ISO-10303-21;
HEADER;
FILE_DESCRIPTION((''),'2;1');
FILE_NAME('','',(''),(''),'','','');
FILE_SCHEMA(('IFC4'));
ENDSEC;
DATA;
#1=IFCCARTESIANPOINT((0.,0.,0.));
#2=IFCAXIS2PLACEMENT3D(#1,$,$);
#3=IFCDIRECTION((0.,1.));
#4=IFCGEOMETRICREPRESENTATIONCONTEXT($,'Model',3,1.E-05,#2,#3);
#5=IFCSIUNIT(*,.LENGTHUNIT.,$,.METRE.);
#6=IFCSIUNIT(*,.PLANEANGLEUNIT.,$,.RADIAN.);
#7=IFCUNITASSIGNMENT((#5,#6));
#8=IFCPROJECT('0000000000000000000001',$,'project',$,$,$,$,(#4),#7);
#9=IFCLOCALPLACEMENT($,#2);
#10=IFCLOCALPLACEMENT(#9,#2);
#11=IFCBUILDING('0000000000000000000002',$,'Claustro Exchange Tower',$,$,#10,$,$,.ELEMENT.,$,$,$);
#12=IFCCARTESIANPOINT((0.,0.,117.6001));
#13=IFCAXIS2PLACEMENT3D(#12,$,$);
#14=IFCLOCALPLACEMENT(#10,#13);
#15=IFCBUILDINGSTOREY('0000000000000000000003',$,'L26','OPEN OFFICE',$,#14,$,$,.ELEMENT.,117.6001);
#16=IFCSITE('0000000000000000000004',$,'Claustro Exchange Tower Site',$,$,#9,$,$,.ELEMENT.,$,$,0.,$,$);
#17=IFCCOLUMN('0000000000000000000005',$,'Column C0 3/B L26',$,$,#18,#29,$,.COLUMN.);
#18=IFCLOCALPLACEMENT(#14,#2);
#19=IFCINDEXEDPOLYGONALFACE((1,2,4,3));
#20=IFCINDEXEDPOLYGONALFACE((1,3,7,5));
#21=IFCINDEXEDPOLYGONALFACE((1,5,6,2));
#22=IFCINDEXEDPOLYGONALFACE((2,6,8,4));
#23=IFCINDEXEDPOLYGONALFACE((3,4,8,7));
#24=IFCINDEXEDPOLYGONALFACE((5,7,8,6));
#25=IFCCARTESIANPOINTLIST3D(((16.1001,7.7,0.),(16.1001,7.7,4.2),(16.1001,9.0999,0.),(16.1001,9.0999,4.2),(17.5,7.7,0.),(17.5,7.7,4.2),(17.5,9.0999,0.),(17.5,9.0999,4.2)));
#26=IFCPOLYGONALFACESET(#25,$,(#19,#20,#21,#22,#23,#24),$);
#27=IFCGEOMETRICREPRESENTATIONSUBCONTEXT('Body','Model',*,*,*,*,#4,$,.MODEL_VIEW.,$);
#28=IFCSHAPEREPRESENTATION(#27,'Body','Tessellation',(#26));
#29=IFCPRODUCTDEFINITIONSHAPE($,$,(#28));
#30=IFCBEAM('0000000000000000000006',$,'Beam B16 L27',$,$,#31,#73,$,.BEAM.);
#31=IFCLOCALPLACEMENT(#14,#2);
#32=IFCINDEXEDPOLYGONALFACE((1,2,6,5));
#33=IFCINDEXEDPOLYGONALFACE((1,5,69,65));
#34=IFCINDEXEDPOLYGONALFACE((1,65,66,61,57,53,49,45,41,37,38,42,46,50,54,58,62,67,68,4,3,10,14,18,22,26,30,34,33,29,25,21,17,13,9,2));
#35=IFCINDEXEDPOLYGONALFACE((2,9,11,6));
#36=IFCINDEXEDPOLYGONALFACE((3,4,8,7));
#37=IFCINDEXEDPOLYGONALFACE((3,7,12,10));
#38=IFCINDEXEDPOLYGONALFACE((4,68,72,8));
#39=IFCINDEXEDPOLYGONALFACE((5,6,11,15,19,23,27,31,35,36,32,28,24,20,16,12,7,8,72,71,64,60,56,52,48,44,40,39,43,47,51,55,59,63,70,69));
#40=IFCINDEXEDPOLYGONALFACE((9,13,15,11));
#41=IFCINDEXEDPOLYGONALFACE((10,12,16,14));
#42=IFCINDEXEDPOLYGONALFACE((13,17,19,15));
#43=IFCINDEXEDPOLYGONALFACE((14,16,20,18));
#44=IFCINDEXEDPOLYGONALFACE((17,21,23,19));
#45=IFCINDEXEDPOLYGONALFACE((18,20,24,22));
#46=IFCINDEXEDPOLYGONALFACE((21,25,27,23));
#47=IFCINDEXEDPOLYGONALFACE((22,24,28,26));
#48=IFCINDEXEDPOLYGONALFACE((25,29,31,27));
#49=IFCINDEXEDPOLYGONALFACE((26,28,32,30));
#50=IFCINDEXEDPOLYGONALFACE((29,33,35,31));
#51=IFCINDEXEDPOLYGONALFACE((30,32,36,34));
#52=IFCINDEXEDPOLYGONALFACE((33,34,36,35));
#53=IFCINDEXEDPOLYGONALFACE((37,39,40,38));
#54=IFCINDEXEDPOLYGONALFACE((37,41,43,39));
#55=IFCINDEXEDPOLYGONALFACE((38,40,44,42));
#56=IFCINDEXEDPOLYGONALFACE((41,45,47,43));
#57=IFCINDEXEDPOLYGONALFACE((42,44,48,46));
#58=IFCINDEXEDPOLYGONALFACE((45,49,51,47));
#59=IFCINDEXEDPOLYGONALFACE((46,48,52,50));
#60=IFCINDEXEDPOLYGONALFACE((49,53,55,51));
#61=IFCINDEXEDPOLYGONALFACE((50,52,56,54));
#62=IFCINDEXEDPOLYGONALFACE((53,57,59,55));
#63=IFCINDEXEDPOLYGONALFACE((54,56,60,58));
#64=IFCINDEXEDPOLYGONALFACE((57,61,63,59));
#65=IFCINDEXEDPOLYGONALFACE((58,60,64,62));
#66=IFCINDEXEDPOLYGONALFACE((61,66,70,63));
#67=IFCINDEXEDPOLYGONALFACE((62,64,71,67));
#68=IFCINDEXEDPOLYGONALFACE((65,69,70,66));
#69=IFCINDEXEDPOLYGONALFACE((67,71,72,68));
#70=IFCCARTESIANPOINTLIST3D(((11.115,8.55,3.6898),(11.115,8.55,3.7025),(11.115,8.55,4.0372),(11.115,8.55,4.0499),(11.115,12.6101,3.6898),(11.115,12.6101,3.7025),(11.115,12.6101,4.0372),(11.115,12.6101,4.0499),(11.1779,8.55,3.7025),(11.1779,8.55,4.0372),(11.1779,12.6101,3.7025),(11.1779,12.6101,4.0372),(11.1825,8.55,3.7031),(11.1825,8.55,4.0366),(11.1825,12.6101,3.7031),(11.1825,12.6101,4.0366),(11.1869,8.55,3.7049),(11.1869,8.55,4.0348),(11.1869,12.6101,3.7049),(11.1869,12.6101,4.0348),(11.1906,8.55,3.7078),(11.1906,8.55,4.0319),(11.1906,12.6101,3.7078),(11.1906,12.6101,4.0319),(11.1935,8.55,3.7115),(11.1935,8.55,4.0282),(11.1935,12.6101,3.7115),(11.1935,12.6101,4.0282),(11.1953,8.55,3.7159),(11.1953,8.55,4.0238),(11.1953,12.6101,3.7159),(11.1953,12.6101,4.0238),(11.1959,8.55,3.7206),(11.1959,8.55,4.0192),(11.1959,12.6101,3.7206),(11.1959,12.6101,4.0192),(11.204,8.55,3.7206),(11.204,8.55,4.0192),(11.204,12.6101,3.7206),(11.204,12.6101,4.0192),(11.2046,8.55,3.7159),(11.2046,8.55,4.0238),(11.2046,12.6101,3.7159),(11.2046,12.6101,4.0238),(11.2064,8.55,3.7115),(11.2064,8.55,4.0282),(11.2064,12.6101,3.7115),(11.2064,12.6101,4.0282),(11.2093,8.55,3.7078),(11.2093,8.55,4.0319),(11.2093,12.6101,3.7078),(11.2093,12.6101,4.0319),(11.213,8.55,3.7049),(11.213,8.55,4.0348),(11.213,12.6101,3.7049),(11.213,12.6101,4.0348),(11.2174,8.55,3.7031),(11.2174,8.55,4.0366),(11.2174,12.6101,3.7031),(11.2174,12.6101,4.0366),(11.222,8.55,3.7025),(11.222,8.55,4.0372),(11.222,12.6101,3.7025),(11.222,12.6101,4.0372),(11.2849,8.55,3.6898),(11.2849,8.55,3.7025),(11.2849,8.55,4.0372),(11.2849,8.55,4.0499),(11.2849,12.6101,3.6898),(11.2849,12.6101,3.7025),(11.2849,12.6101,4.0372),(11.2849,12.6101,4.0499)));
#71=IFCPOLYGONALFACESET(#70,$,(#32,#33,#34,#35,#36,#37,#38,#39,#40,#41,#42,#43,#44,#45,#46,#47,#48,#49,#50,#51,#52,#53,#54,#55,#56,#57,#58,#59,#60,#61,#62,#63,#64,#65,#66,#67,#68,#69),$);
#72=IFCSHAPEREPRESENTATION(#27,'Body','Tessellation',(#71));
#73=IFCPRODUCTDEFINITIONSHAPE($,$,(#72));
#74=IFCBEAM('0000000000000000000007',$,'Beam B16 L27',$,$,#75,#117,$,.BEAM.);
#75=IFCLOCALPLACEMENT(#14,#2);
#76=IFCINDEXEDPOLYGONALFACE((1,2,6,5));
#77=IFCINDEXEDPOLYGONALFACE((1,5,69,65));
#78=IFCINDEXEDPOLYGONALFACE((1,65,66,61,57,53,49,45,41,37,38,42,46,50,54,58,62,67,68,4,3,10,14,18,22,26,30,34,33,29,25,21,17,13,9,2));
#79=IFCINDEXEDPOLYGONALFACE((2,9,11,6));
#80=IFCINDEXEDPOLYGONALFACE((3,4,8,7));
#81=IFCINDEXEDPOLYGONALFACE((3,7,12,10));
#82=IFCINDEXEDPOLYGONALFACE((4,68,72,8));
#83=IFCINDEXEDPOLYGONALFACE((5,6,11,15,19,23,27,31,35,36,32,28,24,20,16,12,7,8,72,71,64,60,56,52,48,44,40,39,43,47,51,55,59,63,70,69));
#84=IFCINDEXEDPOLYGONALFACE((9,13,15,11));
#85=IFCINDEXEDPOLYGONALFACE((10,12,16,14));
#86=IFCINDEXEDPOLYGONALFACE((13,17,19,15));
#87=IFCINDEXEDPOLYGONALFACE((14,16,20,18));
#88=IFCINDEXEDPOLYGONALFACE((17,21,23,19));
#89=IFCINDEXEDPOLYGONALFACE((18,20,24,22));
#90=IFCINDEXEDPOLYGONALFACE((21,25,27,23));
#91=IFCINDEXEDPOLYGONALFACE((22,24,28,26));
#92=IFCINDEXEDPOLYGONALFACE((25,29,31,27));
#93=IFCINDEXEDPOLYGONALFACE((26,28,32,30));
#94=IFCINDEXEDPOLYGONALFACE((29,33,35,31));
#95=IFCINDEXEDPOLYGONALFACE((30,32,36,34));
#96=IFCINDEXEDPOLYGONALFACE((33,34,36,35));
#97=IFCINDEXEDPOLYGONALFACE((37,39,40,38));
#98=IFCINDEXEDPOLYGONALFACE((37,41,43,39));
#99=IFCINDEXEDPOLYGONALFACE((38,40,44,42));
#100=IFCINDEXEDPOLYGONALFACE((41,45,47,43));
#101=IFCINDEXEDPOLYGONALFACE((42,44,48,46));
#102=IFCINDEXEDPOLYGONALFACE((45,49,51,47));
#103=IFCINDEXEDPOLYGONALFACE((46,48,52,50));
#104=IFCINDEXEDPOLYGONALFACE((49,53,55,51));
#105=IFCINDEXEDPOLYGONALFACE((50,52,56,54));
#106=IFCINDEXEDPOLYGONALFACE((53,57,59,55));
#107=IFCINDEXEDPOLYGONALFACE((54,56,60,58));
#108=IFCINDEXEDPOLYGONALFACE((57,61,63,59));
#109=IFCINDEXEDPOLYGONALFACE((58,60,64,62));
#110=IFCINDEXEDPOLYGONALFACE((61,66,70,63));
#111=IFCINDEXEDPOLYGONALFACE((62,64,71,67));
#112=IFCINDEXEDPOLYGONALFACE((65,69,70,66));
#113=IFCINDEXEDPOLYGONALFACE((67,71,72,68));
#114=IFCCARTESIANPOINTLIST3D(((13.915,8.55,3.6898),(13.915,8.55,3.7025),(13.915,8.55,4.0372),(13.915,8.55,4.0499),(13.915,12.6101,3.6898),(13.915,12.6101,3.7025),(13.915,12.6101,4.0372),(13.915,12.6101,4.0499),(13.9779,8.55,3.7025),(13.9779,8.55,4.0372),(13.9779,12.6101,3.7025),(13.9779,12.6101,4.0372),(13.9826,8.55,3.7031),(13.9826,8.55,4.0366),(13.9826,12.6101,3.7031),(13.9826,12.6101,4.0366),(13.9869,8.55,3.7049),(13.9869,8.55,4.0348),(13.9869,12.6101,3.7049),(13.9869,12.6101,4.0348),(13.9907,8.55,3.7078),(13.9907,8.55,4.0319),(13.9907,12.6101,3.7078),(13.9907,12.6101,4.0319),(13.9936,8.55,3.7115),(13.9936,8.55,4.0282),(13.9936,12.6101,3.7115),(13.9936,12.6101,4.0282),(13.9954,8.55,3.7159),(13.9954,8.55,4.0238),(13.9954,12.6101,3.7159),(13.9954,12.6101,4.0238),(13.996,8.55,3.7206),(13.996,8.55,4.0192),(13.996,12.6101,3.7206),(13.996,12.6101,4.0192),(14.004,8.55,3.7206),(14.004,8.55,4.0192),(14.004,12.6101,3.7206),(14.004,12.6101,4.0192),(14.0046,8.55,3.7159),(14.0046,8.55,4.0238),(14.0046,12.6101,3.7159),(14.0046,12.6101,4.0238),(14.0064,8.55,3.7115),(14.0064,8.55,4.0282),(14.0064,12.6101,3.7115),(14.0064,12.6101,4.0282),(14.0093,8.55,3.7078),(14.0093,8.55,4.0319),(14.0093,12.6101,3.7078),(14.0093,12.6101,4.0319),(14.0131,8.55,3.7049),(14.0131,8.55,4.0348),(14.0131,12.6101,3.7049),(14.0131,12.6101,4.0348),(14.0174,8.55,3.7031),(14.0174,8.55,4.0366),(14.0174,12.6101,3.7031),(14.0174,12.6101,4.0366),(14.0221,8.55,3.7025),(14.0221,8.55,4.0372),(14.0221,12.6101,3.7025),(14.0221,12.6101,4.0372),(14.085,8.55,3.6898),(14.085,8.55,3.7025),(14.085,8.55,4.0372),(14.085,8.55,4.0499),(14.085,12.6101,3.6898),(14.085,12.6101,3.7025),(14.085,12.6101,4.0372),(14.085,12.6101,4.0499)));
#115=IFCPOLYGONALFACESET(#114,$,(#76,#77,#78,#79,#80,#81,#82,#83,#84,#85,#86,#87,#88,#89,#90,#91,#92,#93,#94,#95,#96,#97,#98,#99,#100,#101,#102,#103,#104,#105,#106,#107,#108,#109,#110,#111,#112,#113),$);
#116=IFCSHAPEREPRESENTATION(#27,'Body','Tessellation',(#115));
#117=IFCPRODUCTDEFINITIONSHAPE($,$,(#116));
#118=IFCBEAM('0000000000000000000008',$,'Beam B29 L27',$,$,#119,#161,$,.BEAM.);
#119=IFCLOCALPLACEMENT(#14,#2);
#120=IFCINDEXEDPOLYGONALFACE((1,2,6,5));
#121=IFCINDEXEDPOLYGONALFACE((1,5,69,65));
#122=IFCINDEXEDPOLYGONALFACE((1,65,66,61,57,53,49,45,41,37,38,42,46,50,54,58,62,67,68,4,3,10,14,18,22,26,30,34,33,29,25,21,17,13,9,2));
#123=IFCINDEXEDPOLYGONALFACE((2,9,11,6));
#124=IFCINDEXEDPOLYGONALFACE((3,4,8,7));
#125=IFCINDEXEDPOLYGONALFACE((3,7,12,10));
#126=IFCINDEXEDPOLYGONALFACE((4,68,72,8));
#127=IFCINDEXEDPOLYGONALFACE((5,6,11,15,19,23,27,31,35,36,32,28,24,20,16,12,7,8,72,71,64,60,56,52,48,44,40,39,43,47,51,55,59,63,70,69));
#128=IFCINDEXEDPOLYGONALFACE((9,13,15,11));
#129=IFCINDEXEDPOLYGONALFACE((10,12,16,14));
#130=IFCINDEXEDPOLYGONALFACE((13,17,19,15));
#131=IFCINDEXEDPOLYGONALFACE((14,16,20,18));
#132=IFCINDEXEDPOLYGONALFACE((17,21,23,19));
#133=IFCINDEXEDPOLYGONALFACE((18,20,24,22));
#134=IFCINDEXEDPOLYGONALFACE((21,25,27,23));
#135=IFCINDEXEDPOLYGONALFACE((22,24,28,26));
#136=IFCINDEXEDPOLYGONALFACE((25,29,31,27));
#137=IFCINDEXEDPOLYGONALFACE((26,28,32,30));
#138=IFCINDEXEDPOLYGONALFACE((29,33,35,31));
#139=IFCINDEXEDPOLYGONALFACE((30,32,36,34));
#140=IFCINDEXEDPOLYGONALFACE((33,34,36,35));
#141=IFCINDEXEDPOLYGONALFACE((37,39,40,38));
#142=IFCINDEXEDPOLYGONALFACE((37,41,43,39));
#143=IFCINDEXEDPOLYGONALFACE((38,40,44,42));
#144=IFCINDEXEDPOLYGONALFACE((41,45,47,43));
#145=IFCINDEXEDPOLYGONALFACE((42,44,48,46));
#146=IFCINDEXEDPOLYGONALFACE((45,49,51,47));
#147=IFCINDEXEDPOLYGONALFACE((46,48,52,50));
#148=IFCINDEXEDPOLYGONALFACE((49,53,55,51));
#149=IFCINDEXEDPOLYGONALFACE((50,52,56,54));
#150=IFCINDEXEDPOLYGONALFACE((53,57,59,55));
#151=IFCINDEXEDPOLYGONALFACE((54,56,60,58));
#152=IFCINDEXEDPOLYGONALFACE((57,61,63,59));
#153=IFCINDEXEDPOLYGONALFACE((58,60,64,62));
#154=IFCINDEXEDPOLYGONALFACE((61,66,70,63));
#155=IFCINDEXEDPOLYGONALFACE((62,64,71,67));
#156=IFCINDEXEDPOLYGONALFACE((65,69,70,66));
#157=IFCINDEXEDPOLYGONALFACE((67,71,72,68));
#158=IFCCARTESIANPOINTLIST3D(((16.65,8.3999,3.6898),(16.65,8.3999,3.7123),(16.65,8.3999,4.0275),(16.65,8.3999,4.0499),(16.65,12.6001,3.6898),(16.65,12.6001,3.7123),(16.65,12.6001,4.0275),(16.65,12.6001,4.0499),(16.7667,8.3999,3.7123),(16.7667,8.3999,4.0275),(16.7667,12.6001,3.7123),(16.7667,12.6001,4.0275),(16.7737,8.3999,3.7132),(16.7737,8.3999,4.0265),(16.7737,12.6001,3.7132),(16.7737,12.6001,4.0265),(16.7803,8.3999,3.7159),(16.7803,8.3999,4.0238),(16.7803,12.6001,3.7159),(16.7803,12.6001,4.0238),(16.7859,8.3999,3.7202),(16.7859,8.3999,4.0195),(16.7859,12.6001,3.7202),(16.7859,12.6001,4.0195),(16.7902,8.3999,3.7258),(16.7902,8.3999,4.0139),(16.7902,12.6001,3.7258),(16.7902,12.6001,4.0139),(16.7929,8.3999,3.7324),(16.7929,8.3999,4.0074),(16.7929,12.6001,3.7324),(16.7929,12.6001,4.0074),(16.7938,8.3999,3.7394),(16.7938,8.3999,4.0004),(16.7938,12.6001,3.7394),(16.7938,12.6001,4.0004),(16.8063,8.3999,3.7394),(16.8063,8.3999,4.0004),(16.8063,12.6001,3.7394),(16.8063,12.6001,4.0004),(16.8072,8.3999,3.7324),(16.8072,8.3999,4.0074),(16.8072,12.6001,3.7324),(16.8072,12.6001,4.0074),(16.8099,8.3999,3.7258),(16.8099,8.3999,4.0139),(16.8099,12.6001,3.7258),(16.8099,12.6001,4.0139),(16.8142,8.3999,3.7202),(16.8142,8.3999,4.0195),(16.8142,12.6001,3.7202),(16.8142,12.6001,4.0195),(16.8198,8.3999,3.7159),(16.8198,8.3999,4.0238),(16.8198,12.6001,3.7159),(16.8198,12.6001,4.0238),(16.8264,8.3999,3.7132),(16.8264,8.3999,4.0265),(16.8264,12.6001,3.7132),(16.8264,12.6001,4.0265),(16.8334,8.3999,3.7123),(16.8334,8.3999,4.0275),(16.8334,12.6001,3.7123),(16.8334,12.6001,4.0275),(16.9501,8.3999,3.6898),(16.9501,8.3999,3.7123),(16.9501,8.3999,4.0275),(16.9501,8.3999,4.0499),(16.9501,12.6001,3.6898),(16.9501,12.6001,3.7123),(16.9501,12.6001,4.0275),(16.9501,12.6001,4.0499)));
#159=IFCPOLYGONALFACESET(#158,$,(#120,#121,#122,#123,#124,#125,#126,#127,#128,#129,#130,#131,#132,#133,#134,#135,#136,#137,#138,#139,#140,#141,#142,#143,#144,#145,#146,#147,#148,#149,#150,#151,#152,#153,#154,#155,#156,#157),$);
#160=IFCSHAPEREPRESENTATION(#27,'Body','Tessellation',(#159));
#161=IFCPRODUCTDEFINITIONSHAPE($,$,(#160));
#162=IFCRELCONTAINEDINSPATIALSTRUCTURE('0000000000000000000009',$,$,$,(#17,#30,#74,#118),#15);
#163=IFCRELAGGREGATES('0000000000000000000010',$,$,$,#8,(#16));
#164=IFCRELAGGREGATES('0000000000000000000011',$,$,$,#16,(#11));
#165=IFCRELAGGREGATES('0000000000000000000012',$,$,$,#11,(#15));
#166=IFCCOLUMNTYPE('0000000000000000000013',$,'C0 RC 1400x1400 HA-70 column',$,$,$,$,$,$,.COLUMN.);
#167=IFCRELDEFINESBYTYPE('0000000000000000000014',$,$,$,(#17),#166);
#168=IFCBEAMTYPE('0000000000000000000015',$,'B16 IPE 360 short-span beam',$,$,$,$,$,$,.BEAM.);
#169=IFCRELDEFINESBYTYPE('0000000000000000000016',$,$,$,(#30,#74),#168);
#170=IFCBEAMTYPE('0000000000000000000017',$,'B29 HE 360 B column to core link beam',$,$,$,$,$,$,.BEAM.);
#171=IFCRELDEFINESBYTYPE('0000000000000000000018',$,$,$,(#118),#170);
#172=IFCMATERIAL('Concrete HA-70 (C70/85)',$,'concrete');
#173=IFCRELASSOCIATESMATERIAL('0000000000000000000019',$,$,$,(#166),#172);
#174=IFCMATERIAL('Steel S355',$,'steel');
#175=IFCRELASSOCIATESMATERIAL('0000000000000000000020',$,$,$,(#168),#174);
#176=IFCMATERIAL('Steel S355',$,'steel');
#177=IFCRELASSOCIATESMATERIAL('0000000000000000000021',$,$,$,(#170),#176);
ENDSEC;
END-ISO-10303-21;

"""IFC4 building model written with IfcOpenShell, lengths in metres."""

from ifc_helpers import new_model, si_unit, direction, frame, origin, origin_2d, place, context, subcontext, project, spatial, rectangle, i_section, extrude, material, material_profile, profile_set, type_object, element, save


model = new_model("IFC4")

# Units and contexts
model_context = context("Model", 3, precision=1e-05, world=origin(), true_north=direction((0.0, 1.0)))
body_context = subcontext(model_context, "Body", "Model", "MODEL_VIEW")
ifc_project = project(units=[si_unit("LENGTHUNIT", "METRE"), si_unit("PLANEANGLEUNIT", "RADIAN")], contexts=[model_context])

# Site, building, storey
site_placement = place(None, origin())
site = spatial("IfcSite", under=ifc_project, at=site_placement, Name="Claustro Exchange Tower Site", CompositionType="ELEMENT", RefElevation=0.0)
building_placement = place(site_placement, origin())
building = spatial("IfcBuilding", under=site, at=building_placement, Name="Claustro Exchange Tower", CompositionType="ELEMENT")
storey_placement = place(building_placement, frame((0.0, 0.0, 117.6001)))
storey = spatial("IfcBuildingStorey", under=building, at=storey_placement, Name="L26", Description="OPEN OFFICE", CompositionType="ELEMENT", Elevation=117.6001)

# Column
ifc_material_1 = material(Name="Concrete HA-70 (C70/85)", Category="concrete")
ifc_material_profile_1 = material_profile(ifc_material_1, rectangle(XDim=1.3999, YDim=1.3999, at=origin_2d()), Name="RC 1400x1400")
ifc_profile_set_1 = profile_set([ifc_material_profile_1], Name="Concrete HA-70 (C70/85)")
column_type = type_object("IfcColumnType", Name="C0 RC 1400x1400 HA-70 column", PredefinedType="COLUMN", material=ifc_profile_set_1)
column_placement = place(storey_placement, frame((16.8, 8.3999, 0.0), z_axis=(0.0, 0.0, 1.0), x_axis=(1.0, 0.0, 0.0)))
element("IfcColumn", 1, at=column_placement, inside=storey, type_object=column_type, Name="Column C0 3/B L26", PredefinedType="COLUMN", context=body_context, shape_type="SweptSolid", body=[
    extrude(rectangle(XDim=1.3999, YDim=1.3999, at=origin_2d()), origin(), (0.0, 0.0, 1.0), 4.2),
])

# Beams
ifc_material_2 = material(Name="Steel S355", Category="steel")
ifc_material_profile_2 = material_profile(ifc_material_2, i_section(OverallWidth=0.1699, OverallDepth=0.3601, WebThickness=0.0081, FlangeThickness=0.0127, FilletRadius=0.0181, at=origin_2d()), Name="IPE 360")
ifc_profile_set_2 = profile_set([ifc_material_profile_2], Name="Steel S355")
beam_type_1 = type_object("IfcBeamType", Name="B16 IPE 360 short-span beam", PredefinedType="BEAM", material=ifc_profile_set_2)
for number, where, z_axis, x_axis, name in (
    (2, (11.2, 8.55, 3.8699), (0.0, 1.0, 0.0), (-1.0, 0.0, 0.0), "Beam B16 L27"),
    (3, (14.0, 8.55, 3.8699), (0.0, 1.0, 0.0), (-1.0, 0.0, 0.0), "Beam B16 L27"),
):
    element("IfcBeam", number, at=place(storey_placement, frame(where, z_axis=z_axis, x_axis=x_axis)), inside=storey, type_object=beam_type_1, Name=name, PredefinedType="BEAM", context=body_context, shape_type="SweptSolid", body=[
        extrude(i_section(OverallWidth=0.1699, OverallDepth=0.3601, WebThickness=0.0081, FlangeThickness=0.0127, FilletRadius=0.0181, at=origin_2d()), origin(), (0.0, 0.0, 1.0), 4.0601),
    ])
ifc_material_3 = material(Name="Steel S355", Category="steel")
ifc_material_profile_3 = material_profile(ifc_material_3, i_section(OverallWidth=0.3, OverallDepth=0.3601, WebThickness=0.0125, FlangeThickness=0.0225, FilletRadius=0.0271, at=origin_2d()), Name="HE 360 B")
ifc_profile_set_3 = profile_set([ifc_material_profile_3], Name="Steel S355")
beam_type_2 = type_object("IfcBeamType", Name="B29 HE 360 B column to core link beam", PredefinedType="BEAM", material=ifc_profile_set_3)
beam_1_placement = place(storey_placement, frame((16.8, 8.3999, 3.8699), z_axis=(0.0, 1.0, 0.0), x_axis=(-1.0, 0.0, 0.0)))
element("IfcBeam", 4, at=beam_1_placement, inside=storey, type_object=beam_type_2, Name="Beam B29 L27", PredefinedType="BEAM", context=body_context, shape_type="SweptSolid", body=[
    extrude(i_section(OverallWidth=0.3, OverallDepth=0.3601, WebThickness=0.0125, FlangeThickness=0.0225, FilletRadius=0.0271, at=origin_2d()), origin(), (0.0, 0.0, 1.0), 4.2002),
])

save(model, "model.ifc")
